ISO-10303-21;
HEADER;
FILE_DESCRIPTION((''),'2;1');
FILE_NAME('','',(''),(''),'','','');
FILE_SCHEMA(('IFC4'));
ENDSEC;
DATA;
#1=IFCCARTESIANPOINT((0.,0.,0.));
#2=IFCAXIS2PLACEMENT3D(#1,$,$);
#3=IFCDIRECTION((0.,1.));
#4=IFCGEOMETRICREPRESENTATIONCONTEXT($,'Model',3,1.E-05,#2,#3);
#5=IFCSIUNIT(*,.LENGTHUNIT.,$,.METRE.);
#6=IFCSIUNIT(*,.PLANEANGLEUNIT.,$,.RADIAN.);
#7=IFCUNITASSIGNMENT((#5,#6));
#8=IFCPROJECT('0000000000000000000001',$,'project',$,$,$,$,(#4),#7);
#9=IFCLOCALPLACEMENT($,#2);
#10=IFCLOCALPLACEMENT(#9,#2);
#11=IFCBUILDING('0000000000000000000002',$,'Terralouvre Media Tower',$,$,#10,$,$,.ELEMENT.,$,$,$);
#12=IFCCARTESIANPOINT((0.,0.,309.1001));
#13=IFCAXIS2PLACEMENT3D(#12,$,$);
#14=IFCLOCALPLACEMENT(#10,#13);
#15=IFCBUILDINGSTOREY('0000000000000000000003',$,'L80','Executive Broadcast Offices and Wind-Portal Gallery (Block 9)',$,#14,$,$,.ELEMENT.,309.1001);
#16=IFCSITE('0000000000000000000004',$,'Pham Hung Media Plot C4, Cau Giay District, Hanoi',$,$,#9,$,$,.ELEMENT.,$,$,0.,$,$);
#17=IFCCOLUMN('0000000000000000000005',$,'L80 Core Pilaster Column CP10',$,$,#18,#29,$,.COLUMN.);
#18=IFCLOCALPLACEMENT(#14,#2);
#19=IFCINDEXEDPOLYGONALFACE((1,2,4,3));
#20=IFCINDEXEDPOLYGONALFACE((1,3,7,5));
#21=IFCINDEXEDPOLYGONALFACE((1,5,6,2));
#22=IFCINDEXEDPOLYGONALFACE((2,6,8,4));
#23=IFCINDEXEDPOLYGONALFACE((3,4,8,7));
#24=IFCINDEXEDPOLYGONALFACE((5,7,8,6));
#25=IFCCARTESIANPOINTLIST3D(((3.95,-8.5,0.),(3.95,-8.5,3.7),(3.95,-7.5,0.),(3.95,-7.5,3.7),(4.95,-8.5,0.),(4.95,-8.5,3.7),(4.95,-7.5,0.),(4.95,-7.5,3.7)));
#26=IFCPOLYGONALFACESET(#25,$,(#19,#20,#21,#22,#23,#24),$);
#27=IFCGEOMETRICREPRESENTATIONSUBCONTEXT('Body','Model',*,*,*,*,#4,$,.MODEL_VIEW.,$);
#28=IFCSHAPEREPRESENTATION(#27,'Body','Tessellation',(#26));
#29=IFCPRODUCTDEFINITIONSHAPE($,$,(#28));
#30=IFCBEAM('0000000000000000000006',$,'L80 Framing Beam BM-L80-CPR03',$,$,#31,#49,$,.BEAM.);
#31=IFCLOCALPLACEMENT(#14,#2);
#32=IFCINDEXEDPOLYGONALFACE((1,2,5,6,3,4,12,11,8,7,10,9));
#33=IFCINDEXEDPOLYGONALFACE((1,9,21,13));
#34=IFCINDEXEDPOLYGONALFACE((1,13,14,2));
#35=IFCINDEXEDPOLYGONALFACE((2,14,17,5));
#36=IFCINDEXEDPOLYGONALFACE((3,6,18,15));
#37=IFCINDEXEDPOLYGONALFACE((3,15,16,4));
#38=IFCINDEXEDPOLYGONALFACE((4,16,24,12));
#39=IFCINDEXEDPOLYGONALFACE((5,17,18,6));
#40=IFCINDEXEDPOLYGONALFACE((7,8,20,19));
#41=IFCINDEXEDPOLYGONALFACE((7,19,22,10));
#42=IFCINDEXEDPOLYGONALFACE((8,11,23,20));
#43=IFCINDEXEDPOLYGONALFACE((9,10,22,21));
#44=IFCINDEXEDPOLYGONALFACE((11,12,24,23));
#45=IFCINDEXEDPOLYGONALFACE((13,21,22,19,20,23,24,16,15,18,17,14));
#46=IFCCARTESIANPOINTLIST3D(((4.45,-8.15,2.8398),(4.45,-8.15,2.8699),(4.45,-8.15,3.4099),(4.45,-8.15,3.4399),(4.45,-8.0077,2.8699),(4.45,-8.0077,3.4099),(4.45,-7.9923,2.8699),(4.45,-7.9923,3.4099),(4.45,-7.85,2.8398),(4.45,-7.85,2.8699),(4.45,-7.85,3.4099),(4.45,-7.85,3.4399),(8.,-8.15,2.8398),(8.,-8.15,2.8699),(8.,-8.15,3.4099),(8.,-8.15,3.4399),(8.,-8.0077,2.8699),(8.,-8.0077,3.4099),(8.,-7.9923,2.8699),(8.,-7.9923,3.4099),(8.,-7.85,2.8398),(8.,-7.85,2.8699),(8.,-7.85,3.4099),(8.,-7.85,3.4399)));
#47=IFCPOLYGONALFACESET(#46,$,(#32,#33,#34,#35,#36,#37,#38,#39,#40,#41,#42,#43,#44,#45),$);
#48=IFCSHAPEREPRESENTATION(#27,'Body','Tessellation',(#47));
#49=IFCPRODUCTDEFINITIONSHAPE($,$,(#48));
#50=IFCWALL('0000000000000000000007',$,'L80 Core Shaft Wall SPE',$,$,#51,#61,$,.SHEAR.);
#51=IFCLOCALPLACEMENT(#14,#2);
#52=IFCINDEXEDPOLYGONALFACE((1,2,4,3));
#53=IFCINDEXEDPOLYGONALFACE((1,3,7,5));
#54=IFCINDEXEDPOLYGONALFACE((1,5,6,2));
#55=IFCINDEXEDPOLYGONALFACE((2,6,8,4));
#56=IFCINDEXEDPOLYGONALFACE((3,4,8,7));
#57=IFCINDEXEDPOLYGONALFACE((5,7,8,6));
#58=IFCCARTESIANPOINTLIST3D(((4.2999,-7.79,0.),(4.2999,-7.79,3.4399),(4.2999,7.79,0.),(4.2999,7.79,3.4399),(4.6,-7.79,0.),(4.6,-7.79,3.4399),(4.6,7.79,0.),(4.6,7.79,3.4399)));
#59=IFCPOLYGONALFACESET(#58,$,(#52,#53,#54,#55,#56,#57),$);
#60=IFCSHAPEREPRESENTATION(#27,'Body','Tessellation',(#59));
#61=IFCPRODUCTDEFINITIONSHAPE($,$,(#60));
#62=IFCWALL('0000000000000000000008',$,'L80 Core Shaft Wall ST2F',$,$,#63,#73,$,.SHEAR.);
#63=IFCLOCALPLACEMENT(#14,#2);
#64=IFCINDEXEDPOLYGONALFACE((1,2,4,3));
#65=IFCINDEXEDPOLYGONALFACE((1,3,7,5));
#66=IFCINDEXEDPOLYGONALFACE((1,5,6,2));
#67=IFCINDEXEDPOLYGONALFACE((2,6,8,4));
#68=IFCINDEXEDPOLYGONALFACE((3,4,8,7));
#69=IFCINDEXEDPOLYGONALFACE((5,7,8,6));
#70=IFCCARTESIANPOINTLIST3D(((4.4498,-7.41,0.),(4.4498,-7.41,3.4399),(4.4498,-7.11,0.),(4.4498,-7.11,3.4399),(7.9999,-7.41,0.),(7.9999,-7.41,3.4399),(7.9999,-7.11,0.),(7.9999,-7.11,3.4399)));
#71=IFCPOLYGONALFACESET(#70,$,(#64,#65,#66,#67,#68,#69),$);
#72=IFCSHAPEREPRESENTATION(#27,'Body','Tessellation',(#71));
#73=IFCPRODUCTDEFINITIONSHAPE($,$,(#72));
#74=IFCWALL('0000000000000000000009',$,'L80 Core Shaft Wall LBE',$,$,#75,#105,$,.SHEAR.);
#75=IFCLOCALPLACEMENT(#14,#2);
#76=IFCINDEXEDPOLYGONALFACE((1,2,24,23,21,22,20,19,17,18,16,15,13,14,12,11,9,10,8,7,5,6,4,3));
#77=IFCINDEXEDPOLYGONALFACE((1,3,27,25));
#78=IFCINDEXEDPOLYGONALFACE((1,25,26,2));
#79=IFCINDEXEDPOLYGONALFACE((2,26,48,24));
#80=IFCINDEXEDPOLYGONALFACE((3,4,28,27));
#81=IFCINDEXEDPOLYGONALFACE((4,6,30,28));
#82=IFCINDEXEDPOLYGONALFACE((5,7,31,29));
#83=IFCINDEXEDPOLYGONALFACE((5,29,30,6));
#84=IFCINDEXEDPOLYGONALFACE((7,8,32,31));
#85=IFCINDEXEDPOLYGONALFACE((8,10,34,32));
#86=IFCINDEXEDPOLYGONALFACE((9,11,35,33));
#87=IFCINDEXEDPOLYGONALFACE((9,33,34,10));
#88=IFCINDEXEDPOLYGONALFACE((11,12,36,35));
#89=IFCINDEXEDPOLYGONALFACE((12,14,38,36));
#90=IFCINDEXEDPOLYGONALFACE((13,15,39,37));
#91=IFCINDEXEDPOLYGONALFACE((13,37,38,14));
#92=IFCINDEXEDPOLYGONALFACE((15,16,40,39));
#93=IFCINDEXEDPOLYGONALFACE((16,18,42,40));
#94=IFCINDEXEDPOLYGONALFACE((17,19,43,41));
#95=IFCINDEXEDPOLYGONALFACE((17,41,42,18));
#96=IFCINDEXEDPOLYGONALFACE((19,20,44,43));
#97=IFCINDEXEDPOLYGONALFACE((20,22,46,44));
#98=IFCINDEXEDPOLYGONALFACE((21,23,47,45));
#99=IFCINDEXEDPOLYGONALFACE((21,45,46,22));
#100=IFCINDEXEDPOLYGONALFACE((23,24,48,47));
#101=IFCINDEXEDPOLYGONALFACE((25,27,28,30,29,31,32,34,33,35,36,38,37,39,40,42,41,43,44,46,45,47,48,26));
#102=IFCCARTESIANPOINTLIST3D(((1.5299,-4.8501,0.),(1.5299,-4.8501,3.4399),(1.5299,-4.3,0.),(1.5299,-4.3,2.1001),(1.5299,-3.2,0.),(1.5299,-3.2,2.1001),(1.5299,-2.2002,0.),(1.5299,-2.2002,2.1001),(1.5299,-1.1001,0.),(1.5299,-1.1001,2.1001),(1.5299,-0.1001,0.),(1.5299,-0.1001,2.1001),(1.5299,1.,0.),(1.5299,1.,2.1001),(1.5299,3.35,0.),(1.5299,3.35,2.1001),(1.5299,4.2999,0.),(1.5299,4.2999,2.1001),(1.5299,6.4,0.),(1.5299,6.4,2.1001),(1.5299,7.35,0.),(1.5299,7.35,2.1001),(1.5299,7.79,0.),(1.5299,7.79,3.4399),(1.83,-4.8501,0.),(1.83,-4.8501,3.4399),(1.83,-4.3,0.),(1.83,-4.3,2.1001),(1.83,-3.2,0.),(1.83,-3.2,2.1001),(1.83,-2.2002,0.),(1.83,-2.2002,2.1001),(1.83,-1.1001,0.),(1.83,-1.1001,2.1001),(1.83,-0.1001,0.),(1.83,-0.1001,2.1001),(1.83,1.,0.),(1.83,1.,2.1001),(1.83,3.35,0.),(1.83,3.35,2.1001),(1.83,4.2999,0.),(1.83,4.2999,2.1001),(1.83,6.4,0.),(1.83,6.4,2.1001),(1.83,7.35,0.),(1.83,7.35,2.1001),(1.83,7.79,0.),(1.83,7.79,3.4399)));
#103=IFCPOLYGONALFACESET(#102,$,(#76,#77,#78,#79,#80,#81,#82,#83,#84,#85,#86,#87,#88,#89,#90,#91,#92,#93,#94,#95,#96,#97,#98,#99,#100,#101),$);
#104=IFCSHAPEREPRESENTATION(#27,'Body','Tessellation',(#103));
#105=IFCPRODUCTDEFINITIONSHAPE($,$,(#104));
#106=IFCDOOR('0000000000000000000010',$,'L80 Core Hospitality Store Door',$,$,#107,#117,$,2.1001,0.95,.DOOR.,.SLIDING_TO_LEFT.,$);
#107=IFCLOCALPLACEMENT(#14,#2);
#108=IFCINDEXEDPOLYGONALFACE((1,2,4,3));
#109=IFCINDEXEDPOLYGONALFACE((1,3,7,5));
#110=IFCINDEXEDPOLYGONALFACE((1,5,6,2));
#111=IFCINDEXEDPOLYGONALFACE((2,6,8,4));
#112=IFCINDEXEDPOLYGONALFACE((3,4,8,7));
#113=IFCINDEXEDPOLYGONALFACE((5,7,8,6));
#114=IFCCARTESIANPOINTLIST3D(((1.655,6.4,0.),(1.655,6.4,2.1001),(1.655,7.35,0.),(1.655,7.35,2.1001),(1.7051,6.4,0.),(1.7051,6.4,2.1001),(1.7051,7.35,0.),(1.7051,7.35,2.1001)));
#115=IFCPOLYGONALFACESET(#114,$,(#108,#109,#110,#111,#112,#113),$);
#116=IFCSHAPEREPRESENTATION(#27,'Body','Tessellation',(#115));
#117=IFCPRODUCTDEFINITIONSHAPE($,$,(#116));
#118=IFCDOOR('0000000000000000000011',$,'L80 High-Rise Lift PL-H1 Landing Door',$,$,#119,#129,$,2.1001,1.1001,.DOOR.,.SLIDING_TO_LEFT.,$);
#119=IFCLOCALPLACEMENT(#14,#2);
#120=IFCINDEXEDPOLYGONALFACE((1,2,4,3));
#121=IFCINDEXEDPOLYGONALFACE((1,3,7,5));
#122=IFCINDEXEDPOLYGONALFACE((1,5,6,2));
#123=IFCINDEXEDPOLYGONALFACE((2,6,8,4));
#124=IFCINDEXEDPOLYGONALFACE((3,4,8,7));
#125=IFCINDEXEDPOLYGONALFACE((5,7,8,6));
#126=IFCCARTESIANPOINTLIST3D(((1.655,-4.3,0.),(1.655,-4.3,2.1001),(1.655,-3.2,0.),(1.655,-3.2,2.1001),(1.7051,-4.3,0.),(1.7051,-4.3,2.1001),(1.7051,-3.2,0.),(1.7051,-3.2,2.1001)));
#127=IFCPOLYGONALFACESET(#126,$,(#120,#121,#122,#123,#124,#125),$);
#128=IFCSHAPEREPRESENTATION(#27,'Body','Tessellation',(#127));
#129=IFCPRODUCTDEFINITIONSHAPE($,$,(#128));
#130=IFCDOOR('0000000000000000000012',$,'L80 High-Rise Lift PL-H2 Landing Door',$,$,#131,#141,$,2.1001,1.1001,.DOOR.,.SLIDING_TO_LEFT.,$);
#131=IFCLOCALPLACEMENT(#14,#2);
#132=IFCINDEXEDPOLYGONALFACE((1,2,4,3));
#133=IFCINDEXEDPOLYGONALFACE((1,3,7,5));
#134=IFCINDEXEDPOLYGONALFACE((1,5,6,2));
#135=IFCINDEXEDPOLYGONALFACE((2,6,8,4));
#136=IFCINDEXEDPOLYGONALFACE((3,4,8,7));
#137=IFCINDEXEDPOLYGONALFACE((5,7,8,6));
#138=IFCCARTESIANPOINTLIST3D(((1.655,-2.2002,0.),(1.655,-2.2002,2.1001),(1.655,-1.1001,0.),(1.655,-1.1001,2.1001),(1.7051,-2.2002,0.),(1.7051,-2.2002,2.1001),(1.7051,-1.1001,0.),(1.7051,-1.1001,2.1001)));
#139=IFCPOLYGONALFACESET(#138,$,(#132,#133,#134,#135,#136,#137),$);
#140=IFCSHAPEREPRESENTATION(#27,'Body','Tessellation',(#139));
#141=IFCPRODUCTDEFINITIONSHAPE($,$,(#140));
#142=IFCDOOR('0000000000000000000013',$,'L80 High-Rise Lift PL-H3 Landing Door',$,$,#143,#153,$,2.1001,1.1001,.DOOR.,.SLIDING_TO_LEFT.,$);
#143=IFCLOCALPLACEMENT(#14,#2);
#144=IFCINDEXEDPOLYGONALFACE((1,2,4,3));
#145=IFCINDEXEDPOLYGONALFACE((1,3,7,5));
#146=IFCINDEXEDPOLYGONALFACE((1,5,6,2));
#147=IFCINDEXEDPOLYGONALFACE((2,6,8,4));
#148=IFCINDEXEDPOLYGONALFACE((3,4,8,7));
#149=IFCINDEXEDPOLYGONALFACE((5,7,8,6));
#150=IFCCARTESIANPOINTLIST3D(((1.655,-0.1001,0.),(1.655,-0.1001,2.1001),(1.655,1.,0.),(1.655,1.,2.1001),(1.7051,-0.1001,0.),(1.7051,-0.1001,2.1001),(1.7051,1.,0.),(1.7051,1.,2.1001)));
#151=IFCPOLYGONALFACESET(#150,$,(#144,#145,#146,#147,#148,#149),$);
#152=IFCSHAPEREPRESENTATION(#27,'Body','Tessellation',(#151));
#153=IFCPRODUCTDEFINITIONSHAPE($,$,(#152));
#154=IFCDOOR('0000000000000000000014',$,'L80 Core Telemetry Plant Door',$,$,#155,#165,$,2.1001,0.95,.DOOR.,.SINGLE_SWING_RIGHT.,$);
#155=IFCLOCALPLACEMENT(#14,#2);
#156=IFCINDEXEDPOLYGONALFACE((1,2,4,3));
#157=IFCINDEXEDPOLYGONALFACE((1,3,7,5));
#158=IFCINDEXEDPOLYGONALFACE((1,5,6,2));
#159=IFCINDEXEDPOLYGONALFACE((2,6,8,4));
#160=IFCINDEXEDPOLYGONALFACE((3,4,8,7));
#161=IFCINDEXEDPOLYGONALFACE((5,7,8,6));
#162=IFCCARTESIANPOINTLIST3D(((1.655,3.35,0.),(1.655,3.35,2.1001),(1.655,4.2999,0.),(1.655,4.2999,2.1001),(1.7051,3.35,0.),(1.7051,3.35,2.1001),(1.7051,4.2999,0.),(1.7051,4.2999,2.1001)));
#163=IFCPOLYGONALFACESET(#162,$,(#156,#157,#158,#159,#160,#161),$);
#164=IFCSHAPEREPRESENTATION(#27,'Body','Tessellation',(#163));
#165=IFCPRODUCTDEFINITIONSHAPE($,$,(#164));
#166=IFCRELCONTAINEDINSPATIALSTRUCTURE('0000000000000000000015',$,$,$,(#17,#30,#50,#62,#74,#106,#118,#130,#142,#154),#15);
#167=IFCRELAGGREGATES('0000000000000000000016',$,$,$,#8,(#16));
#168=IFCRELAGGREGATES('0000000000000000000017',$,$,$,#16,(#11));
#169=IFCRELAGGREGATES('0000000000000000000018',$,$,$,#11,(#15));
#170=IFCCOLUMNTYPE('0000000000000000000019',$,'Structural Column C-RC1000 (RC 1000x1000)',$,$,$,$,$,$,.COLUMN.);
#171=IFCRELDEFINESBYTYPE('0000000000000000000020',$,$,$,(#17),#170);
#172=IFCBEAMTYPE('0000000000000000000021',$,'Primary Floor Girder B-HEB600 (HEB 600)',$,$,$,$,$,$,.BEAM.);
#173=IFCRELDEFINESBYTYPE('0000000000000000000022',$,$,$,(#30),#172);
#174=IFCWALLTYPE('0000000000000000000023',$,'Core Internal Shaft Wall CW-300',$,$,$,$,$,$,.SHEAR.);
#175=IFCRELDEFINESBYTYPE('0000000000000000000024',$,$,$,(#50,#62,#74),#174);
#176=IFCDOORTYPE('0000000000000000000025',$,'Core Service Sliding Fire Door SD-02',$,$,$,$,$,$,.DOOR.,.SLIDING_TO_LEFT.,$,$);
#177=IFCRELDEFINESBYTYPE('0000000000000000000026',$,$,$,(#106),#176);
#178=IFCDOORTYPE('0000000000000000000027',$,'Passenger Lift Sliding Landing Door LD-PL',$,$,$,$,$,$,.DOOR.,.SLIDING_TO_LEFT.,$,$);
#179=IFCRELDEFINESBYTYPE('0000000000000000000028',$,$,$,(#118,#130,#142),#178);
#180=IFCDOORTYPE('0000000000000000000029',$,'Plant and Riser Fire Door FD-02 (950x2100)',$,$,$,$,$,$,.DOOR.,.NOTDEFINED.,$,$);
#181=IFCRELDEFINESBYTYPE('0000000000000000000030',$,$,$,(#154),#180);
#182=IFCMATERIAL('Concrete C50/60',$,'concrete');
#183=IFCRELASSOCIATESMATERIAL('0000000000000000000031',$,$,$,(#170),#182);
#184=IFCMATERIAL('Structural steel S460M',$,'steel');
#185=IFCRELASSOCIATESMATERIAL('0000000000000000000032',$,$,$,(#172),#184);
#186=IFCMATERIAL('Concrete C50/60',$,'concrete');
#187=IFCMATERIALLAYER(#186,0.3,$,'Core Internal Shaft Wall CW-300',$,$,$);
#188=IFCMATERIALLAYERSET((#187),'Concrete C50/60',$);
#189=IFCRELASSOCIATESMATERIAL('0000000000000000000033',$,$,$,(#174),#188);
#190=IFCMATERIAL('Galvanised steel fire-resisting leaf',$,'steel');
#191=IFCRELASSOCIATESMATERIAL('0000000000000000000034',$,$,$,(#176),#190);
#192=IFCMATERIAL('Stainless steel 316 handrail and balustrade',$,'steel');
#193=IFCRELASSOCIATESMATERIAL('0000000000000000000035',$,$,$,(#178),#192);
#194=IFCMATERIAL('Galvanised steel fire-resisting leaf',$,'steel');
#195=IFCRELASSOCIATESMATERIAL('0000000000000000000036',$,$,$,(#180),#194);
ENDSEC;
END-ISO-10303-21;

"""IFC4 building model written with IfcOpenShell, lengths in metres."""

from ifc_helpers import new_model, si_unit, direction, frame, frame_2d, origin, origin_2d, place, context, subcontext, project, spatial, rectangle, i_section, extrude, material, layer, layer_set, material_profile, profile_set, type_object, element, fill, save


model = new_model("IFC4")

# Units and contexts
model_context = context("Model", 3, precision=1e-05, world=origin(), true_north=direction((0.0, 1.0)))
body_context = subcontext(model_context, "Body", "Model", "MODEL_VIEW")
ifc_project = project(units=[si_unit("LENGTHUNIT", "METRE"), si_unit("PLANEANGLEUNIT", "RADIAN")], contexts=[model_context])

# Site, building, storey
site_placement = place(None, origin())
site = spatial("IfcSite", under=ifc_project, at=site_placement, Name="Pham Hung Media Plot C4, Cau Giay District, Hanoi", CompositionType="ELEMENT", RefElevation=0.0)
building_placement = place(site_placement, origin())
building = spatial("IfcBuilding", under=site, at=building_placement, Name="Terralouvre Media Tower", CompositionType="ELEMENT")
storey_placement = place(building_placement, frame((0.0, 0.0, 309.1001)))
storey = spatial("IfcBuildingStorey", under=building, at=storey_placement, Name="L80", Description="Executive Broadcast Offices and Wind-Portal Gallery (Block 9)", CompositionType="ELEMENT", Elevation=309.1001)

# Column
ifc_material_1 = material(Name="Concrete C50/60", Category="concrete")
ifc_material_profile_1 = material_profile(ifc_material_1, rectangle(XDim=1.0, YDim=1.0, at=origin_2d()), Name="RC 1000x1000")
ifc_profile_set_1 = profile_set([ifc_material_profile_1], Name="Concrete C50/60")
column_type = type_object("IfcColumnType", Name="Structural Column C-RC1000 (RC 1000x1000)", PredefinedType="COLUMN", material=ifc_profile_set_1)
column_placement = place(storey_placement, frame((4.45, -8.0, 0.0), z_axis=(0.0, 0.0, 1.0), x_axis=(1.0, 0.0, 0.0)))
element("IfcColumn", 1, at=column_placement, inside=storey, type_object=column_type, Name="L80 Core Pilaster Column CP10", PredefinedType="COLUMN", context=body_context, shape_type="SweptSolid", body=[
    extrude(rectangle(XDim=1.0, YDim=1.0, at=origin_2d()), origin(), (0.0, 0.0, 1.0), 3.7),
])

# Beam
ifc_material_2 = material(Name="Structural steel S460M", Category="steel")
ifc_material_profile_2 = material_profile(ifc_material_2, i_section(OverallWidth=0.3, OverallDepth=0.6001, WebThickness=0.0154, FlangeThickness=0.03, at=origin_2d()), Name="HEB 600")
ifc_profile_set_2 = profile_set([ifc_material_profile_2], Name="Structural steel S460M")
beam_type = type_object("IfcBeamType", Name="Primary Floor Girder B-HEB600 (HEB 600)", PredefinedType="BEAM", material=ifc_profile_set_2)
beam_placement = place(storey_placement, frame((4.45, -8.0, 3.1399), z_axis=(1.0, 0.0, 0.0), x_axis=(0.0, 1.0, 0.0)))
element("IfcBeam", 2, at=beam_placement, inside=storey, type_object=beam_type, Name="L80 Framing Beam BM-L80-CPR03", PredefinedType="BEAM", context=body_context, shape_type="SweptSolid", body=[
    extrude(i_section(OverallWidth=0.3, OverallDepth=0.6001, WebThickness=0.0154, FlangeThickness=0.03, at=origin_2d()), origin(), (0.0, 0.0, 1.0), 3.55),
])

# Wall
ifc_material_3 = material(Name="Concrete C50/60", Category="concrete")
ifc_layer_1 = layer(ifc_material_3, 0.3, Name="Core Internal Shaft Wall CW-300")
ifc_layer_set_1 = layer_set([ifc_layer_1], Name="Concrete C50/60")
wall_type_1 = type_object("IfcWallType", Name="Core Internal Shaft Wall CW-300", PredefinedType="SHEAR", material=ifc_layer_set_1)
wall_1_placement = place(storey_placement, frame((4.45, -7.79, 0.0), z_axis=(0.0, 0.0, 1.0), x_axis=(0.0, 1.0, 0.0)))
element("IfcWall", 3, at=wall_1_placement, inside=storey, type_object=wall_type_1, Name="L80 Core Shaft Wall SPE", PredefinedType="SHEAR", context=body_context, shape_type="SweptSolid", body=[
    extrude(rectangle(XDim=15.5801, YDim=0.3, at=frame_2d((7.79, 0.0))), origin(), (0.0, 0.0, 1.0), 3.4399),
])

# Wall
wall_2_placement = place(storey_placement, frame((4.45, -7.26, 0.0), z_axis=(0.0, 0.0, 1.0), x_axis=(1.0, 0.0, 0.0)))
element("IfcWall", 4, at=wall_2_placement, inside=storey, type_object=wall_type_1, Name="L80 Core Shaft Wall ST2F", PredefinedType="SHEAR", context=body_context, shape_type="SweptSolid", body=[
    extrude(rectangle(XDim=3.55, YDim=0.3, at=frame_2d((1.7749, 0.0))), origin(), (0.0, 0.0, 1.0), 3.4399),
])

# Wall, openings, doors
wall_3_placement = place(storey_placement, frame((1.6799, -4.8501, 0.0), z_axis=(0.0, 0.0, 1.0), x_axis=(0.0, 1.0, 0.0)))
wall_3 = element("IfcWall", 5, at=wall_3_placement, inside=storey, type_object=wall_type_1, Name="L80 Core Shaft Wall LBE", PredefinedType="SHEAR", context=body_context, shape_type="SweptSolid", body=[
    extrude(rectangle(XDim=12.6401, YDim=0.3, at=frame_2d((6.3201, 0.0))), origin(), (0.0, 0.0, 1.0), 3.4399),
])
opening_1_placement = place(wall_3_placement, frame((0.55, 0.0, 0.0)))
opening_1 = element("IfcOpeningElement", 6, at=opening_1_placement, cuts=wall_3, PredefinedType="OPENING", context=body_context, shape_type="SweptSolid", body=[
    extrude(rectangle(XDim=1.1001, YDim=2.1001, at=frame_2d((0.55, 1.05))), frame((0.0, 0.1599, 0.0), z_axis=(0.0, -1.0, 0.0), x_axis=(1.0, 0.0, 0.0)), (0.0, 0.0, 1.0), 0.3201),
])
opening_2_placement = place(wall_3_placement, frame((2.6499, 0.0, 0.0)))
opening_2 = element("IfcOpeningElement", 7, at=opening_2_placement, cuts=wall_3, PredefinedType="OPENING", context=body_context, shape_type="SweptSolid", body=[
    extrude(rectangle(XDim=1.1001, YDim=2.1001, at=frame_2d((0.55, 1.05))), frame((0.0, 0.1599, 0.0), z_axis=(0.0, -1.0, 0.0), x_axis=(1.0, 0.0, 0.0)), (0.0, 0.0, 1.0), 0.3201),
])
opening_3_placement = place(wall_3_placement, frame((4.75, 0.0, 0.0)))
opening_3 = element("IfcOpeningElement", 8, at=opening_3_placement, cuts=wall_3, PredefinedType="OPENING", context=body_context, shape_type="SweptSolid", body=[
    extrude(rectangle(XDim=1.1001, YDim=2.1001, at=frame_2d((0.55, 1.05))), frame((0.0, 0.1599, 0.0), z_axis=(0.0, -1.0, 0.0), x_axis=(1.0, 0.0, 0.0)), (0.0, 0.0, 1.0), 0.3201),
])
opening_4_placement = place(wall_3_placement, frame((8.2, 0.0, 0.0)))
opening_4 = element("IfcOpeningElement", 9, at=opening_4_placement, cuts=wall_3, PredefinedType="OPENING", context=body_context, shape_type="SweptSolid", body=[
    extrude(rectangle(XDim=0.95, YDim=2.1001, at=frame_2d((0.4751, 1.05))), frame((0.0, 0.1599, 0.0), z_axis=(0.0, -1.0, 0.0), x_axis=(1.0, 0.0, 0.0)), (0.0, 0.0, 1.0), 0.3201),
])
opening_5_placement = place(wall_3_placement, frame((11.25, 0.0, 0.0)))
opening_5 = element("IfcOpeningElement", 10, at=opening_5_placement, cuts=wall_3, PredefinedType="OPENING", context=body_context, shape_type="SweptSolid", body=[
    extrude(rectangle(XDim=0.95, YDim=2.1001, at=frame_2d((0.4751, 1.05))), frame((0.0, 0.1599, 0.0), z_axis=(0.0, -1.0, 0.0), x_axis=(1.0, 0.0, 0.0)), (0.0, 0.0, 1.0), 0.3201),
])
ifc_material_4 = material(Name="Galvanised steel fire-resisting leaf", Category="steel")
door_type_1 = type_object("IfcDoorType", Name="Core Service Sliding Fire Door SD-02", OperationType="SLIDING_TO_LEFT", PredefinedType="DOOR", material=ifc_material_4)
door_1_placement = place(opening_5_placement, origin())
door_1 = element("IfcDoor", 11, at=door_1_placement, inside=storey, type_object=door_type_1, Name="L80 Core Hospitality Store Door", OperationType="SLIDING_TO_LEFT", OverallHeight=2.1001, OverallWidth=0.95, PredefinedType="DOOR", context=body_context, shape_type="SweptSolid", body=[
    extrude(rectangle(XDim=0.95, YDim=2.1001, at=frame_2d((0.4751, 1.05))), frame((0.0, 0.0249, 0.0), z_axis=(0.0, -1.0, 0.0), x_axis=(1.0, 0.0, 0.0)), (0.0, 0.0, 1.0), 0.05),
])
fill(opening_5, door_1)
ifc_material_5 = material(Name="Stainless steel 316 handrail and balustrade", Category="steel")
door_type_2 = type_object("IfcDoorType", Name="Passenger Lift Sliding Landing Door LD-PL", OperationType="SLIDING_TO_LEFT", PredefinedType="DOOR", material=ifc_material_5)
door_2_placement = place(opening_1_placement, origin())
door_2 = element("IfcDoor", 12, at=door_2_placement, inside=storey, type_object=door_type_2, Name="L80 High-Rise Lift PL-H1 Landing Door", OperationType="SLIDING_TO_LEFT", OverallHeight=2.1001, OverallWidth=1.1001, PredefinedType="DOOR", context=body_context, shape_type="SweptSolid", body=[
    extrude(rectangle(XDim=1.1001, YDim=2.1001, at=frame_2d((0.55, 1.05))), frame((0.0, 0.0249, 0.0), z_axis=(0.0, -1.0, 0.0), x_axis=(1.0, 0.0, 0.0)), (0.0, 0.0, 1.0), 0.05),
])
fill(opening_1, door_2)
door_3_placement = place(opening_2_placement, origin())
door_3 = element("IfcDoor", 13, at=door_3_placement, inside=storey, type_object=door_type_2, Name="L80 High-Rise Lift PL-H2 Landing Door", OperationType="SLIDING_TO_LEFT", OverallHeight=2.1001, OverallWidth=1.1001, PredefinedType="DOOR", context=body_context, shape_type="SweptSolid", body=[
    extrude(rectangle(XDim=1.1001, YDim=2.1001, at=frame_2d((0.55, 1.05))), frame((0.0, 0.0249, 0.0), z_axis=(0.0, -1.0, 0.0), x_axis=(1.0, 0.0, 0.0)), (0.0, 0.0, 1.0), 0.05),
])
fill(opening_2, door_3)
door_4_placement = place(opening_3_placement, origin())
door_4 = element("IfcDoor", 14, at=door_4_placement, inside=storey, type_object=door_type_2, Name="L80 High-Rise Lift PL-H3 Landing Door", OperationType="SLIDING_TO_LEFT", OverallHeight=2.1001, OverallWidth=1.1001, PredefinedType="DOOR", context=body_context, shape_type="SweptSolid", body=[
    extrude(rectangle(XDim=1.1001, YDim=2.1001, at=frame_2d((0.55, 1.05))), frame((0.0, 0.0249, 0.0), z_axis=(0.0, -1.0, 0.0), x_axis=(1.0, 0.0, 0.0)), (0.0, 0.0, 1.0), 0.05),
])
fill(opening_3, door_4)
ifc_material_6 = material(Name="Galvanised steel fire-resisting leaf", Category="steel")
door_type_3 = type_object("IfcDoorType", Name="Plant and Riser Fire Door FD-02 (950x2100)", OperationType="NOTDEFINED", PredefinedType="DOOR", material=ifc_material_6)
door_5_placement = place(opening_4_placement, origin())
door_5 = element("IfcDoor", 15, at=door_5_placement, inside=storey, type_object=door_type_3, Name="L80 Core Telemetry Plant Door", OperationType="SINGLE_SWING_RIGHT", OverallHeight=2.1001, OverallWidth=0.95, PredefinedType="DOOR", context=body_context, shape_type="SweptSolid", body=[
    extrude(rectangle(XDim=0.95, YDim=2.1001, at=frame_2d((0.4751, 1.05))), frame((0.0, 0.0249, 0.0), z_axis=(0.0, -1.0, 0.0), x_axis=(1.0, 0.0, 0.0)), (0.0, 0.0, 1.0), 0.05),
])
fill(opening_4, door_5)

save(model, "model.ifc")
